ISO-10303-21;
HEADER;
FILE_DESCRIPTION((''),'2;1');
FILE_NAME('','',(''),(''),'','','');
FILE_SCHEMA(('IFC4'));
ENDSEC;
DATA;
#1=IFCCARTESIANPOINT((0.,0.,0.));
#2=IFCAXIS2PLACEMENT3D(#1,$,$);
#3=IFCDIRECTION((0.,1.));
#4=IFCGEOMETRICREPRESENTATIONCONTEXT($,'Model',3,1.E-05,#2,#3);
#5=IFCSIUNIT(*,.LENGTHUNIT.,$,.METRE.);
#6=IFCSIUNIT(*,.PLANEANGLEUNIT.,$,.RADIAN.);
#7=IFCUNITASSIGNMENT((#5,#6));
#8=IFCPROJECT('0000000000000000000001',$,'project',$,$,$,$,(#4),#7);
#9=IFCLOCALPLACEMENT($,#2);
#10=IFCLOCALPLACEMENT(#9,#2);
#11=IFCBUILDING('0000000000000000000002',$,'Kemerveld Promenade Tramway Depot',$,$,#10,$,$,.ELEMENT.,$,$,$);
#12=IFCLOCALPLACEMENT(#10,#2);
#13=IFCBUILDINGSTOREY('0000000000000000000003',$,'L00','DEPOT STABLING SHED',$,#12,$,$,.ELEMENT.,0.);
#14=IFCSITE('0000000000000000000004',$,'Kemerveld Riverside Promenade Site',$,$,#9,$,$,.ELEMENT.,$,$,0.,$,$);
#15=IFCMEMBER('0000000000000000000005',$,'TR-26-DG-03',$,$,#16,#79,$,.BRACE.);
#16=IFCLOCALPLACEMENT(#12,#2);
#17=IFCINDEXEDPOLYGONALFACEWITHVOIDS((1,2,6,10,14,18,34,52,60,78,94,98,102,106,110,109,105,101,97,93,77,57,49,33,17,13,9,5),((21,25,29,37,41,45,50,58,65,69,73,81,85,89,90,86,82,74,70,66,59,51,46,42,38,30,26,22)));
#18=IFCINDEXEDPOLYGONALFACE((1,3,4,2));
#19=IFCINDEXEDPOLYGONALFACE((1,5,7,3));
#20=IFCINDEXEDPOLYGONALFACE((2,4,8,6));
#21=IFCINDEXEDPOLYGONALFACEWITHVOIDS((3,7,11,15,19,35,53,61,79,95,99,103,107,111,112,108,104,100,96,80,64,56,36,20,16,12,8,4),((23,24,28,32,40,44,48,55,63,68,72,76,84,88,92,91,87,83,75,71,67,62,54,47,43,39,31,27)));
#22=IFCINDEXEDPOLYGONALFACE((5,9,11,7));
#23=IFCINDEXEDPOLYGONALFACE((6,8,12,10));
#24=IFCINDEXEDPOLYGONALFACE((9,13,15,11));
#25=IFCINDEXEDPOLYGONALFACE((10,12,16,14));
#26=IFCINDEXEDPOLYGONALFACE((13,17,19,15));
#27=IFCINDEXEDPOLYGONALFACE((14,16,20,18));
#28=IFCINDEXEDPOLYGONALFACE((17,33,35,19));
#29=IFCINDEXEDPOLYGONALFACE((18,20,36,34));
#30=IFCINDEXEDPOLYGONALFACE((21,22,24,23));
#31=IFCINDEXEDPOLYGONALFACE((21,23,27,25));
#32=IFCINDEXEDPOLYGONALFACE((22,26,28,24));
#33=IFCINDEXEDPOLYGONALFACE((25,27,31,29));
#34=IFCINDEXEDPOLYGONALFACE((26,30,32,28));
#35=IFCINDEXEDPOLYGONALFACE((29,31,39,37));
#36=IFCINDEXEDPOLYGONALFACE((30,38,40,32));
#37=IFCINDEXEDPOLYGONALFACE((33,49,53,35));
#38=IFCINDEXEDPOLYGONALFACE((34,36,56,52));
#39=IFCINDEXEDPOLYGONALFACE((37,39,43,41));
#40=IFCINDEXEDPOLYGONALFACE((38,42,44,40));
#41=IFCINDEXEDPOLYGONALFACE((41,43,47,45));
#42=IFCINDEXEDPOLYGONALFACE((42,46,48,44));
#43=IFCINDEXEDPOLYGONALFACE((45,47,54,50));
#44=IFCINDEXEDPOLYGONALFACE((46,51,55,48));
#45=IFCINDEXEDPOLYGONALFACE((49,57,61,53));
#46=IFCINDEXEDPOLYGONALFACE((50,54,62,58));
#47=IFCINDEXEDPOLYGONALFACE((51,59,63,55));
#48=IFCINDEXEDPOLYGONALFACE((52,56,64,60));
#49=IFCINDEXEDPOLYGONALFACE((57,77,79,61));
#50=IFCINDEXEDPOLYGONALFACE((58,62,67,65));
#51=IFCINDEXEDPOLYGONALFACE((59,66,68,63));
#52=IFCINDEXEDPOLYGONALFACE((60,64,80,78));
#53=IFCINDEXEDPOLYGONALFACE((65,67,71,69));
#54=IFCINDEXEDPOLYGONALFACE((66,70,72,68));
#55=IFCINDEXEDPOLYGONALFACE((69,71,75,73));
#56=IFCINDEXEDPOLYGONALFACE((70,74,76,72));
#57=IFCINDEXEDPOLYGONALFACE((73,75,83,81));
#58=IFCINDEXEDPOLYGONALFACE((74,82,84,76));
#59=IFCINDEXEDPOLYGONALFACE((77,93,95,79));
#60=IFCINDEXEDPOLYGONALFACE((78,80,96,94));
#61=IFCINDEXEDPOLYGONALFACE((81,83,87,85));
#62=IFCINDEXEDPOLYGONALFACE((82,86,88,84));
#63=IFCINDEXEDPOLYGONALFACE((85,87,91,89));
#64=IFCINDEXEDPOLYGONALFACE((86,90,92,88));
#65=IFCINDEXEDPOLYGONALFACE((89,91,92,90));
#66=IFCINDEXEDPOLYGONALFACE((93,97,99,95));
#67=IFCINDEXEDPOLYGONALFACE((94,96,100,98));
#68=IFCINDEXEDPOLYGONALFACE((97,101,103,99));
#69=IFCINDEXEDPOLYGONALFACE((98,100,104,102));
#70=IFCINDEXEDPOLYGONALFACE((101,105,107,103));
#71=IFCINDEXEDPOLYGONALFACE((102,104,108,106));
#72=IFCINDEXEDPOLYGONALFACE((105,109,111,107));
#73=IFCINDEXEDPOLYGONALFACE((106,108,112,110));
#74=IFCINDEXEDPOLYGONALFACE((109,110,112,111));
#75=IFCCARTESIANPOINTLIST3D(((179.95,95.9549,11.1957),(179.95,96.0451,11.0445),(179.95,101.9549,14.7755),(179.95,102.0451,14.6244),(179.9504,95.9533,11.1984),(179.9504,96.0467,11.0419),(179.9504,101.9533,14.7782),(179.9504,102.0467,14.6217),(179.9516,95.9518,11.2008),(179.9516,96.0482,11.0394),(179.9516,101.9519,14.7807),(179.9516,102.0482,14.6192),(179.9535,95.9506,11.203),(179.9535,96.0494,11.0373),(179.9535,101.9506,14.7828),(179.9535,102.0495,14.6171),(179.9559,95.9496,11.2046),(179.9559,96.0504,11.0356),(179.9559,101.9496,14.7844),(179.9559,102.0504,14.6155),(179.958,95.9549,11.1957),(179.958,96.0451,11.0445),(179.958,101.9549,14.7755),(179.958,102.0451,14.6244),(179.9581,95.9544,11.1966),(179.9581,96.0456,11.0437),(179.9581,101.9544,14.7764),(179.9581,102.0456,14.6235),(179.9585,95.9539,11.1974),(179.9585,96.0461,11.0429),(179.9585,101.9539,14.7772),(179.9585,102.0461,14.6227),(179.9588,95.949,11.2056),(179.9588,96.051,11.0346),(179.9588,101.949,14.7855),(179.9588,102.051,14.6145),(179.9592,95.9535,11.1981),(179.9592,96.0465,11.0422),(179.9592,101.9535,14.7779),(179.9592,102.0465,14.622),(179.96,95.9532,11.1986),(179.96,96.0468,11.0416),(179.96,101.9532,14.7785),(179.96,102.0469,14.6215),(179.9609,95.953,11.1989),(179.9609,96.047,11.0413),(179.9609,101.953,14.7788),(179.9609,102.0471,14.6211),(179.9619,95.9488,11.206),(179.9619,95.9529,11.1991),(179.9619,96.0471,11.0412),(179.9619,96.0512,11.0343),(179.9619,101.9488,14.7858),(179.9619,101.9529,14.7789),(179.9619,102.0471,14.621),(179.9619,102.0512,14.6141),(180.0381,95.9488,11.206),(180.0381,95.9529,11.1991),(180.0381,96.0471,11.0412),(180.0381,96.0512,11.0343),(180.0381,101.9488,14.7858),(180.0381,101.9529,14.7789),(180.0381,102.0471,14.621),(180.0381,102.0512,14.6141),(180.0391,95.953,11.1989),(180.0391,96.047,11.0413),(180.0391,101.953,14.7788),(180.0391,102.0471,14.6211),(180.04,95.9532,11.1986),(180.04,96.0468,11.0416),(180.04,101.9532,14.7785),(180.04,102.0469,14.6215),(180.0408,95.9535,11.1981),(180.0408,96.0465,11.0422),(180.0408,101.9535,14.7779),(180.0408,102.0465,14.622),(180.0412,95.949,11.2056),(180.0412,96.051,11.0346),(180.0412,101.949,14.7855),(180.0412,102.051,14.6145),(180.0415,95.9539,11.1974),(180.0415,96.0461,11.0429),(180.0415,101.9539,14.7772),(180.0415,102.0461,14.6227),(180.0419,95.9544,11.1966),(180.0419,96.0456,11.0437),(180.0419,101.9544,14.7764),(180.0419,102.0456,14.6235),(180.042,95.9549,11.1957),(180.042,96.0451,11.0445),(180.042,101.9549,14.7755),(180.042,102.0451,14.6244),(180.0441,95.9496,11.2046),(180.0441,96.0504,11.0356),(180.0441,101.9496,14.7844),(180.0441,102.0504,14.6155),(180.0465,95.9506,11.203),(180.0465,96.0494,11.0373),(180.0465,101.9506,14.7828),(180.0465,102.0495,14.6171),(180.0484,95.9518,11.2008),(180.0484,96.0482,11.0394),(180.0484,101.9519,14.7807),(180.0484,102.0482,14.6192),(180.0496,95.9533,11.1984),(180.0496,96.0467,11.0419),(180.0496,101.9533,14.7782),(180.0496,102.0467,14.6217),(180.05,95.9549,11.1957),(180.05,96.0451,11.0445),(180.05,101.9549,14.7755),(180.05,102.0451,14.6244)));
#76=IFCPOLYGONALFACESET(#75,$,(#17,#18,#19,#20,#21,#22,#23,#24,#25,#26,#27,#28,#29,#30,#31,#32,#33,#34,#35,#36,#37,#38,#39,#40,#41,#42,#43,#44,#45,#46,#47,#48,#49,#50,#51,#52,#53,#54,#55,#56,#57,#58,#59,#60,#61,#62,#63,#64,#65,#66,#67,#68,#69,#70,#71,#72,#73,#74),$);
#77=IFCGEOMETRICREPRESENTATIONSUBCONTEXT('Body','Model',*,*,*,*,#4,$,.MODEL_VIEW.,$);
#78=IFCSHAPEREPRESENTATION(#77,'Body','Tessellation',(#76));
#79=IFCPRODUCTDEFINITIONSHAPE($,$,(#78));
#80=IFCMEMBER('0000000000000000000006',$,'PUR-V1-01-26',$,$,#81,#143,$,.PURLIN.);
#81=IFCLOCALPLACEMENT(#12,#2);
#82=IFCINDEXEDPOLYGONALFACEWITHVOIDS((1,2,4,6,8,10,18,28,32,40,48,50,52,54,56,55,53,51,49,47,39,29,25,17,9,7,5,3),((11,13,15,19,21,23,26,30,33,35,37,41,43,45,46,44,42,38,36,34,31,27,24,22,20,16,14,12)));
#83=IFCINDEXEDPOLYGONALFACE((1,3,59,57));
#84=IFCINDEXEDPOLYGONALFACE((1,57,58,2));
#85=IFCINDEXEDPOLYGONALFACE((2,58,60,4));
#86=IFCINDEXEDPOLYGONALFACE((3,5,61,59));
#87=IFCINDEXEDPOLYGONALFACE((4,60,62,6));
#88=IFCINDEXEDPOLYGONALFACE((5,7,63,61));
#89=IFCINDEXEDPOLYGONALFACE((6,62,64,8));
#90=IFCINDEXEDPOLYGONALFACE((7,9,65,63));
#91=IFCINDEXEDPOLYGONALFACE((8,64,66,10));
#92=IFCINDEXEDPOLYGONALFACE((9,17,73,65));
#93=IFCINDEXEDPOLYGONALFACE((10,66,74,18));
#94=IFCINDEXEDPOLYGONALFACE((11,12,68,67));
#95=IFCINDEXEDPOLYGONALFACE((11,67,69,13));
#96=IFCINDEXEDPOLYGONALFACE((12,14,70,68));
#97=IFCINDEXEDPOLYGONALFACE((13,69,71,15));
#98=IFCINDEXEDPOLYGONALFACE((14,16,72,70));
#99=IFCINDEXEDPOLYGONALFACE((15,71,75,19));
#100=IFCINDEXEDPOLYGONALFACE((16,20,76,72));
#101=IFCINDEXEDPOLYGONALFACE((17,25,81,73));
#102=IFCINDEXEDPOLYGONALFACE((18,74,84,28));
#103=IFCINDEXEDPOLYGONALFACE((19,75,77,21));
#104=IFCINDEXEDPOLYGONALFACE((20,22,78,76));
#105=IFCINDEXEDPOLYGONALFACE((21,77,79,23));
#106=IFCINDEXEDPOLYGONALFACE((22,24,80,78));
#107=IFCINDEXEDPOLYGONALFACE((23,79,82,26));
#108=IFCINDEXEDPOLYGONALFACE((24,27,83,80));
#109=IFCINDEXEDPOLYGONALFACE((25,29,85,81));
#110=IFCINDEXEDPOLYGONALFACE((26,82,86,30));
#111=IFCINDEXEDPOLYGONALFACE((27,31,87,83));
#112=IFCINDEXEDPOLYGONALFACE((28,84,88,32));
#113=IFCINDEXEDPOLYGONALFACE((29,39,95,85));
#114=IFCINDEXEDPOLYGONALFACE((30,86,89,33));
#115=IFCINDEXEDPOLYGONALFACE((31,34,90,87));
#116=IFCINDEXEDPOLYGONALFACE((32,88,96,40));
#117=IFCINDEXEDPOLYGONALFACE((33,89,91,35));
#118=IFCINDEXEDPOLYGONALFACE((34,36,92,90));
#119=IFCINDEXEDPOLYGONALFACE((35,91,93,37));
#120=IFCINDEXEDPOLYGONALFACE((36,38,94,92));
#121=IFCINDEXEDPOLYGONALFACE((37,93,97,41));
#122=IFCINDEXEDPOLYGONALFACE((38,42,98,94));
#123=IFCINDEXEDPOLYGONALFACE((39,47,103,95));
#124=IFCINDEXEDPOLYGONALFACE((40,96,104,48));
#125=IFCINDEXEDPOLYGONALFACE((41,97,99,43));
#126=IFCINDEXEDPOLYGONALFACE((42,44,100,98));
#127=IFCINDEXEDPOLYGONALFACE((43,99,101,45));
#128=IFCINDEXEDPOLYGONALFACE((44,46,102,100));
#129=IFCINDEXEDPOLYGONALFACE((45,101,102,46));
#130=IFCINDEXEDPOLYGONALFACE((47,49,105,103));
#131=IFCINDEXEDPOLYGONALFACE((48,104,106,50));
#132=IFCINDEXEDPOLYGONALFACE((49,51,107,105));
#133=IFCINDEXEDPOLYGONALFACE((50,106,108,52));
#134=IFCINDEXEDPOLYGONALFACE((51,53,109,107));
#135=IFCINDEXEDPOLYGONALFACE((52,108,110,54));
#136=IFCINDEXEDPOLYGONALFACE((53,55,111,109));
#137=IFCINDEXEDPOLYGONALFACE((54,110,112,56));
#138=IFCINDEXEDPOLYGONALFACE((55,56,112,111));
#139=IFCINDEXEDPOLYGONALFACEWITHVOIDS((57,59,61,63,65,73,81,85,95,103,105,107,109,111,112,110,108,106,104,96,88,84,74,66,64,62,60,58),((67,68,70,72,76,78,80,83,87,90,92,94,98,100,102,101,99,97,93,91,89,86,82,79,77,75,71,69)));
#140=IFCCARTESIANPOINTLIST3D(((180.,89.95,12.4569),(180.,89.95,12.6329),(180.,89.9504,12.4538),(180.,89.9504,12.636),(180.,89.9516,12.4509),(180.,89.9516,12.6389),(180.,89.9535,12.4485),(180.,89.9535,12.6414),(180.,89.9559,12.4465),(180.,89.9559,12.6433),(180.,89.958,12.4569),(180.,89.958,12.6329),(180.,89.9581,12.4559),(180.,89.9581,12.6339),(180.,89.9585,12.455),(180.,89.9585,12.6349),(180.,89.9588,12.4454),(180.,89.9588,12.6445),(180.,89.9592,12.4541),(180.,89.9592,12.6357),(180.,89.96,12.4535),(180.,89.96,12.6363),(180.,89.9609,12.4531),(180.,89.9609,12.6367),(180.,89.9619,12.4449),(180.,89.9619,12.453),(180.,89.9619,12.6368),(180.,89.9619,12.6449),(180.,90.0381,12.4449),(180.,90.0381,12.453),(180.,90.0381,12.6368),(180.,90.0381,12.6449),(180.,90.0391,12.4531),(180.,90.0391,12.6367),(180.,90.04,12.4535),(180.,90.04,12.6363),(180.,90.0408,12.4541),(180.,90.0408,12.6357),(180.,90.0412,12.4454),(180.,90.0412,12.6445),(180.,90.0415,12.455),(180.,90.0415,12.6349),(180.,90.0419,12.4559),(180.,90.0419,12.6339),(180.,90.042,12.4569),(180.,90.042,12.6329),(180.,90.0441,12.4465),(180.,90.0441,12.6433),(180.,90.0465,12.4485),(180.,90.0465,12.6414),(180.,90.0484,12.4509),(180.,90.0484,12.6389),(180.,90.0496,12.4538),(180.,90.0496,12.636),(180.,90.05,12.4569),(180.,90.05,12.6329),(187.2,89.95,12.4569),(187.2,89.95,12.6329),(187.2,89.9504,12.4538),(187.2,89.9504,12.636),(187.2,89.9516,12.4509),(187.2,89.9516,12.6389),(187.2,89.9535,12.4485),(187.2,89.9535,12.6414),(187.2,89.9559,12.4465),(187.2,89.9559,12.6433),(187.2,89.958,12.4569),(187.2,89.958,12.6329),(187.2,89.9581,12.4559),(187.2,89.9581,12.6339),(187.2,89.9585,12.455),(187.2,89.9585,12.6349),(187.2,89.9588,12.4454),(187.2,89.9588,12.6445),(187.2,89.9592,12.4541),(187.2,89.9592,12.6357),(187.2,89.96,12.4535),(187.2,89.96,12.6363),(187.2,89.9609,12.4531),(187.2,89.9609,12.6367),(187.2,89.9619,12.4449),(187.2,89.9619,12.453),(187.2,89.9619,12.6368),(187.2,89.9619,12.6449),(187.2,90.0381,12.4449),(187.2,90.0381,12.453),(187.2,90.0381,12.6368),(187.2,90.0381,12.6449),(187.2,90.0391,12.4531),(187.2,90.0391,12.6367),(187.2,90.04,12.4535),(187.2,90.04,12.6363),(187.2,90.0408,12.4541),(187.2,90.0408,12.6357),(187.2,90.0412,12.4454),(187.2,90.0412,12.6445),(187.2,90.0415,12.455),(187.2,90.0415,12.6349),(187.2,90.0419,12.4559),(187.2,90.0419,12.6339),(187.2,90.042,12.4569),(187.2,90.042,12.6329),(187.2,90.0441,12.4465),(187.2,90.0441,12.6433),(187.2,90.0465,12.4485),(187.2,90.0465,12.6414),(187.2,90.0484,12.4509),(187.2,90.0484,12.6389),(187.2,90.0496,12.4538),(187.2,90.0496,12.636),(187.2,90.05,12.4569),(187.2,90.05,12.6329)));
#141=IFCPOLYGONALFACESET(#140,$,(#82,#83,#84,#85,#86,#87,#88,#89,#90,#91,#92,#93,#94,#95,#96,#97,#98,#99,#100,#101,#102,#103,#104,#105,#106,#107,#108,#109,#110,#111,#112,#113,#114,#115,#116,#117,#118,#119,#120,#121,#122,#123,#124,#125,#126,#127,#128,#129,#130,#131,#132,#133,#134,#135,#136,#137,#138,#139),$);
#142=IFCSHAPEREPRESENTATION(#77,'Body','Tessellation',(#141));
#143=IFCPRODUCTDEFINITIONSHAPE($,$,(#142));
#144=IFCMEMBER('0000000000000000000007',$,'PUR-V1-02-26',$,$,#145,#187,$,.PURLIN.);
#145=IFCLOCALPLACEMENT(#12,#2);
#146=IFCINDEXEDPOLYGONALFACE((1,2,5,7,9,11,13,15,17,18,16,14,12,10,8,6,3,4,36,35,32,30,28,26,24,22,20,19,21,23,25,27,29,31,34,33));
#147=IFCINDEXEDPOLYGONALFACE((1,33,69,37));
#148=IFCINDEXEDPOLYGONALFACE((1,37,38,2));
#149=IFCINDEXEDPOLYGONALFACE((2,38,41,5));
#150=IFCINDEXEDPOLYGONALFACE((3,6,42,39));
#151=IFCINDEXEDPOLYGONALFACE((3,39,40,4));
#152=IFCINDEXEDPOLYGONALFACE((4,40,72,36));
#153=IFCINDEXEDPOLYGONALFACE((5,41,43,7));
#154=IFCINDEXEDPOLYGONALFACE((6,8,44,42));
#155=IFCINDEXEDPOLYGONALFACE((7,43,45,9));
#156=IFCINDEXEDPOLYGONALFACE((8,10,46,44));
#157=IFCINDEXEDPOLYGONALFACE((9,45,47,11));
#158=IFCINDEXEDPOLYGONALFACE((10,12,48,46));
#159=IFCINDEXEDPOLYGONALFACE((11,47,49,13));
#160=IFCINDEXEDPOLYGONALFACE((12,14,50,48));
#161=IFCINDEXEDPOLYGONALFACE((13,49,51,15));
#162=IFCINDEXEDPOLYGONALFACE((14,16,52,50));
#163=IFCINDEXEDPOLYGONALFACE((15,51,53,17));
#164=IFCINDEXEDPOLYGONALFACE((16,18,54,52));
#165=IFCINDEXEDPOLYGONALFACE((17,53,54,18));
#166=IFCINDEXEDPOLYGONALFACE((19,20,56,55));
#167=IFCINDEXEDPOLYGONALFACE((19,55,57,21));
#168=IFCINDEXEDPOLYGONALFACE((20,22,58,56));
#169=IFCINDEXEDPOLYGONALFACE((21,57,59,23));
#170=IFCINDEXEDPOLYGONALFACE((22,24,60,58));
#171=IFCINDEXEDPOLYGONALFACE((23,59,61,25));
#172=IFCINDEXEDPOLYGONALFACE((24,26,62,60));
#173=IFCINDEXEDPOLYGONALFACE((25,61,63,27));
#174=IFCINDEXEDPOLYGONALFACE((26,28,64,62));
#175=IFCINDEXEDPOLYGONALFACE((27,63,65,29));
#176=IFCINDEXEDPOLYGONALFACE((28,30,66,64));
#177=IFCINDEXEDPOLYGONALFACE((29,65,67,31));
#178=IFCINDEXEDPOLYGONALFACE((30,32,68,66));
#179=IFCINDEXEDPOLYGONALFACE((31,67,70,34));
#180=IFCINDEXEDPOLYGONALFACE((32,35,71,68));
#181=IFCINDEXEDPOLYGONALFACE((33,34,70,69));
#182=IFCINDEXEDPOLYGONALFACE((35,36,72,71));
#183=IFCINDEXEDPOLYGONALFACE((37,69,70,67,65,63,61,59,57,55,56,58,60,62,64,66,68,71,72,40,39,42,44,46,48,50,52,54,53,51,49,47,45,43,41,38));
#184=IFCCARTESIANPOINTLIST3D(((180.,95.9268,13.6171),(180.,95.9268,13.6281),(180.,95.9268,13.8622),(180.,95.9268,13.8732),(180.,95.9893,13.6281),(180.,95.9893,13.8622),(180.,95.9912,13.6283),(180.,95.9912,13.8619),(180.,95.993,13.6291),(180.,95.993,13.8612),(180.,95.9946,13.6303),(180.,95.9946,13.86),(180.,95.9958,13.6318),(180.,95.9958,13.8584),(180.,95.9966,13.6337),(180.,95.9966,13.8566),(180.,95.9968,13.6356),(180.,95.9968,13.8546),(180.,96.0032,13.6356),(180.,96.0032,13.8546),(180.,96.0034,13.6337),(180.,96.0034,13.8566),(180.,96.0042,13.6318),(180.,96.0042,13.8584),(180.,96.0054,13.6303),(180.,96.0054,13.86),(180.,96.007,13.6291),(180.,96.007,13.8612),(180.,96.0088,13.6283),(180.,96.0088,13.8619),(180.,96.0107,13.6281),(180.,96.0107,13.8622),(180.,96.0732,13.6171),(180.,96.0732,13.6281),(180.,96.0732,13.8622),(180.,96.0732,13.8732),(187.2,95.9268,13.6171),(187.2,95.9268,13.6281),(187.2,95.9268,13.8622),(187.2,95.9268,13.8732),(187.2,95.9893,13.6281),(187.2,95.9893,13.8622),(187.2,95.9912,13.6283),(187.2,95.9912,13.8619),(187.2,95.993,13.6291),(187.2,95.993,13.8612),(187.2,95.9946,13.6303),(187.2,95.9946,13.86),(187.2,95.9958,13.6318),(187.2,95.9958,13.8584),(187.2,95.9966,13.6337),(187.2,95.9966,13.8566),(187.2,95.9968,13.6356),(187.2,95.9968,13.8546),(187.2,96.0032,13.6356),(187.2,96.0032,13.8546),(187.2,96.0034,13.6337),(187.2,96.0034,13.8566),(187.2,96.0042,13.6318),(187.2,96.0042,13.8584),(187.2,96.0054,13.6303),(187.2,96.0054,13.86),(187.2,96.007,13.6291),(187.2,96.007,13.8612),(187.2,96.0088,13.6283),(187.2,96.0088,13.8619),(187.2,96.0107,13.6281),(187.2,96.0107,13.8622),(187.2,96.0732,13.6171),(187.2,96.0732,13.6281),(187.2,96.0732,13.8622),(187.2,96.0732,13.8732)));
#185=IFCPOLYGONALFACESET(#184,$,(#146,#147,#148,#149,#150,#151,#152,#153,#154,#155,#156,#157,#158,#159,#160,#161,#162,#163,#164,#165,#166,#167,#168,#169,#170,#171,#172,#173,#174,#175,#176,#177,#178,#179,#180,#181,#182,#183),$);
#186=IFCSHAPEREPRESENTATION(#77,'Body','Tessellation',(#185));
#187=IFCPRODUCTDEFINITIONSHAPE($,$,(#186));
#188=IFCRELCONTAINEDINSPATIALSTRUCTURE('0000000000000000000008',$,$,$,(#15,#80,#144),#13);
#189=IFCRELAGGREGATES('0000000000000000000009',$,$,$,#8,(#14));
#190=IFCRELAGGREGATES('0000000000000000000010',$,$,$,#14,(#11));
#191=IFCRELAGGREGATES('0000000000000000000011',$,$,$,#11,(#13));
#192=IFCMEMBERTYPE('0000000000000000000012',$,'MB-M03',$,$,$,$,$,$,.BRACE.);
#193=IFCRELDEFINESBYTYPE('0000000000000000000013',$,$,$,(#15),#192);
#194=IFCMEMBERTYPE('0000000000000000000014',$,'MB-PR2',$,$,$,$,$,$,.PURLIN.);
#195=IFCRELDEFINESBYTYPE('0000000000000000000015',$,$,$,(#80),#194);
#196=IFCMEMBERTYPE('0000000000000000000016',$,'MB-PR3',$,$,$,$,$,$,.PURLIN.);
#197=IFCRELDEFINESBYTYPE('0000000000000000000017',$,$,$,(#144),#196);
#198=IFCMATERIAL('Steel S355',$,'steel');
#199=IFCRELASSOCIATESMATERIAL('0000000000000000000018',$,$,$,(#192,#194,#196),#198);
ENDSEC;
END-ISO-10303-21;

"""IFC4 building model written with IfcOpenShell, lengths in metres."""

from ifc_helpers import new_model, si_unit, direction, frame, origin, origin_2d, place, context, subcontext, project, spatial, hollow_rectangle, i_section, extrude, material, material_profile, profile_set, type_object, element, save


model = new_model("IFC4")

# Units and contexts
model_context = context("Model", 3, precision=1e-05, world=origin(), true_north=direction((0.0, 1.0)))
body_context = subcontext(model_context, "Body", "Model", "MODEL_VIEW")
ifc_project = project(units=[si_unit("LENGTHUNIT", "METRE"), si_unit("PLANEANGLEUNIT", "RADIAN")], contexts=[model_context])

# Site, building, storey
site_placement = place(None, origin())
site = spatial("IfcSite", under=ifc_project, at=site_placement, Name="Kemerveld Riverside Promenade Site", CompositionType="ELEMENT", RefElevation=0.0)
building_placement = place(site_placement, origin())
building = spatial("IfcBuilding", under=site, at=building_placement, Name="Kemerveld Promenade Tramway Depot", CompositionType="ELEMENT")
storey_placement = place(building_placement, origin())
storey = spatial("IfcBuildingStorey", under=building, at=storey_placement, Name="L00", Description="DEPOT STABLING SHED", CompositionType="ELEMENT", Elevation=0.0)

# Shared definitions
ifc_material_1 = material(Name="Steel S355", Category="steel")

# Members
ifc_material_profile_1 = material_profile(ifc_material_1, hollow_rectangle(XDim=0.1001, YDim=0.2, WallThickness=0.0081, InnerFilletRadius=0.0039, OuterFilletRadius=0.012, at=origin_2d()), Name="200x100x8.0 RHS")
ifc_profile_set_1 = profile_set([ifc_material_profile_1], Name="Steel S355")
member_type_1 = type_object("IfcMemberType", Name="MB-M03", PredefinedType="BRACE", material=ifc_profile_set_1)
member_1_placement = place(storey_placement, frame((180.0, 96.0, 11.1201), z_axis=(0.0, 0.858764, 0.512372), x_axis=(-1.0, 0.0, 0.0)))
element("IfcMember", 1, at=member_1_placement, inside=storey, type_object=member_type_1, Name="TR-26-DG-03", PredefinedType="BRACE", context=body_context, shape_type="SweptSolid", body=[
    extrude(hollow_rectangle(XDim=0.1001, YDim=0.2, WallThickness=0.0081, InnerFilletRadius=0.0039, OuterFilletRadius=0.012, at=origin_2d()), origin(), (0.0, 0.0, 1.0), 6.9868),
])
ifc_material_profile_2 = material_profile(ifc_material_1, hollow_rectangle(XDim=0.1001, YDim=0.2, WallThickness=0.0081, InnerFilletRadius=0.0039, OuterFilletRadius=0.012, at=origin_2d()), Name="200x100x8.0 RHS")
ifc_profile_set_2 = profile_set([ifc_material_profile_2], Name="Steel S355")
member_type_2 = type_object("IfcMemberType", Name="MB-PR2", PredefinedType="PURLIN", material=ifc_profile_set_2)
member_2_placement = place(storey_placement, frame((180.0, 90.0, 12.5449), z_axis=(1.0, 0.0, 0.0), x_axis=(0.0, 1.0, 0.0)))
element("IfcMember", 2, at=member_2_placement, inside=storey, type_object=member_type_2, Name="PUR-V1-01-26", PredefinedType="PURLIN", context=body_context, shape_type="SweptSolid", body=[
    extrude(hollow_rectangle(XDim=0.1001, YDim=0.2, WallThickness=0.0081, InnerFilletRadius=0.0039, OuterFilletRadius=0.012, at=origin_2d()), origin(), (0.0, 0.0, 1.0), 7.2),
])
ifc_material_profile_3 = material_profile(ifc_material_1, i_section(OverallWidth=0.1465, OverallDepth=0.2561, WebThickness=0.0063, FlangeThickness=0.011, FilletRadius=0.0076, at=origin_2d()), Name="254x146x37 UB")
ifc_profile_set_3 = profile_set([ifc_material_profile_3], Name="Steel S355")
member_type_3 = type_object("IfcMemberType", Name="MB-PR3", PredefinedType="PURLIN", material=ifc_profile_set_3)
member_3_placement = place(storey_placement, frame((180.0, 96.0, 13.7451), z_axis=(1.0, 0.0, 0.0), x_axis=(0.0, 1.0, 0.0)))
element("IfcMember", 3, at=member_3_placement, inside=storey, type_object=member_type_3, Name="PUR-V1-02-26", PredefinedType="PURLIN", context=body_context, shape_type="SweptSolid", body=[
    extrude(i_section(OverallWidth=0.1465, OverallDepth=0.2561, WebThickness=0.0063, FlangeThickness=0.011, FilletRadius=0.0076, at=origin_2d()), origin(), (0.0, 0.0, 1.0), 7.2),
])

save(model, "model.ifc")
